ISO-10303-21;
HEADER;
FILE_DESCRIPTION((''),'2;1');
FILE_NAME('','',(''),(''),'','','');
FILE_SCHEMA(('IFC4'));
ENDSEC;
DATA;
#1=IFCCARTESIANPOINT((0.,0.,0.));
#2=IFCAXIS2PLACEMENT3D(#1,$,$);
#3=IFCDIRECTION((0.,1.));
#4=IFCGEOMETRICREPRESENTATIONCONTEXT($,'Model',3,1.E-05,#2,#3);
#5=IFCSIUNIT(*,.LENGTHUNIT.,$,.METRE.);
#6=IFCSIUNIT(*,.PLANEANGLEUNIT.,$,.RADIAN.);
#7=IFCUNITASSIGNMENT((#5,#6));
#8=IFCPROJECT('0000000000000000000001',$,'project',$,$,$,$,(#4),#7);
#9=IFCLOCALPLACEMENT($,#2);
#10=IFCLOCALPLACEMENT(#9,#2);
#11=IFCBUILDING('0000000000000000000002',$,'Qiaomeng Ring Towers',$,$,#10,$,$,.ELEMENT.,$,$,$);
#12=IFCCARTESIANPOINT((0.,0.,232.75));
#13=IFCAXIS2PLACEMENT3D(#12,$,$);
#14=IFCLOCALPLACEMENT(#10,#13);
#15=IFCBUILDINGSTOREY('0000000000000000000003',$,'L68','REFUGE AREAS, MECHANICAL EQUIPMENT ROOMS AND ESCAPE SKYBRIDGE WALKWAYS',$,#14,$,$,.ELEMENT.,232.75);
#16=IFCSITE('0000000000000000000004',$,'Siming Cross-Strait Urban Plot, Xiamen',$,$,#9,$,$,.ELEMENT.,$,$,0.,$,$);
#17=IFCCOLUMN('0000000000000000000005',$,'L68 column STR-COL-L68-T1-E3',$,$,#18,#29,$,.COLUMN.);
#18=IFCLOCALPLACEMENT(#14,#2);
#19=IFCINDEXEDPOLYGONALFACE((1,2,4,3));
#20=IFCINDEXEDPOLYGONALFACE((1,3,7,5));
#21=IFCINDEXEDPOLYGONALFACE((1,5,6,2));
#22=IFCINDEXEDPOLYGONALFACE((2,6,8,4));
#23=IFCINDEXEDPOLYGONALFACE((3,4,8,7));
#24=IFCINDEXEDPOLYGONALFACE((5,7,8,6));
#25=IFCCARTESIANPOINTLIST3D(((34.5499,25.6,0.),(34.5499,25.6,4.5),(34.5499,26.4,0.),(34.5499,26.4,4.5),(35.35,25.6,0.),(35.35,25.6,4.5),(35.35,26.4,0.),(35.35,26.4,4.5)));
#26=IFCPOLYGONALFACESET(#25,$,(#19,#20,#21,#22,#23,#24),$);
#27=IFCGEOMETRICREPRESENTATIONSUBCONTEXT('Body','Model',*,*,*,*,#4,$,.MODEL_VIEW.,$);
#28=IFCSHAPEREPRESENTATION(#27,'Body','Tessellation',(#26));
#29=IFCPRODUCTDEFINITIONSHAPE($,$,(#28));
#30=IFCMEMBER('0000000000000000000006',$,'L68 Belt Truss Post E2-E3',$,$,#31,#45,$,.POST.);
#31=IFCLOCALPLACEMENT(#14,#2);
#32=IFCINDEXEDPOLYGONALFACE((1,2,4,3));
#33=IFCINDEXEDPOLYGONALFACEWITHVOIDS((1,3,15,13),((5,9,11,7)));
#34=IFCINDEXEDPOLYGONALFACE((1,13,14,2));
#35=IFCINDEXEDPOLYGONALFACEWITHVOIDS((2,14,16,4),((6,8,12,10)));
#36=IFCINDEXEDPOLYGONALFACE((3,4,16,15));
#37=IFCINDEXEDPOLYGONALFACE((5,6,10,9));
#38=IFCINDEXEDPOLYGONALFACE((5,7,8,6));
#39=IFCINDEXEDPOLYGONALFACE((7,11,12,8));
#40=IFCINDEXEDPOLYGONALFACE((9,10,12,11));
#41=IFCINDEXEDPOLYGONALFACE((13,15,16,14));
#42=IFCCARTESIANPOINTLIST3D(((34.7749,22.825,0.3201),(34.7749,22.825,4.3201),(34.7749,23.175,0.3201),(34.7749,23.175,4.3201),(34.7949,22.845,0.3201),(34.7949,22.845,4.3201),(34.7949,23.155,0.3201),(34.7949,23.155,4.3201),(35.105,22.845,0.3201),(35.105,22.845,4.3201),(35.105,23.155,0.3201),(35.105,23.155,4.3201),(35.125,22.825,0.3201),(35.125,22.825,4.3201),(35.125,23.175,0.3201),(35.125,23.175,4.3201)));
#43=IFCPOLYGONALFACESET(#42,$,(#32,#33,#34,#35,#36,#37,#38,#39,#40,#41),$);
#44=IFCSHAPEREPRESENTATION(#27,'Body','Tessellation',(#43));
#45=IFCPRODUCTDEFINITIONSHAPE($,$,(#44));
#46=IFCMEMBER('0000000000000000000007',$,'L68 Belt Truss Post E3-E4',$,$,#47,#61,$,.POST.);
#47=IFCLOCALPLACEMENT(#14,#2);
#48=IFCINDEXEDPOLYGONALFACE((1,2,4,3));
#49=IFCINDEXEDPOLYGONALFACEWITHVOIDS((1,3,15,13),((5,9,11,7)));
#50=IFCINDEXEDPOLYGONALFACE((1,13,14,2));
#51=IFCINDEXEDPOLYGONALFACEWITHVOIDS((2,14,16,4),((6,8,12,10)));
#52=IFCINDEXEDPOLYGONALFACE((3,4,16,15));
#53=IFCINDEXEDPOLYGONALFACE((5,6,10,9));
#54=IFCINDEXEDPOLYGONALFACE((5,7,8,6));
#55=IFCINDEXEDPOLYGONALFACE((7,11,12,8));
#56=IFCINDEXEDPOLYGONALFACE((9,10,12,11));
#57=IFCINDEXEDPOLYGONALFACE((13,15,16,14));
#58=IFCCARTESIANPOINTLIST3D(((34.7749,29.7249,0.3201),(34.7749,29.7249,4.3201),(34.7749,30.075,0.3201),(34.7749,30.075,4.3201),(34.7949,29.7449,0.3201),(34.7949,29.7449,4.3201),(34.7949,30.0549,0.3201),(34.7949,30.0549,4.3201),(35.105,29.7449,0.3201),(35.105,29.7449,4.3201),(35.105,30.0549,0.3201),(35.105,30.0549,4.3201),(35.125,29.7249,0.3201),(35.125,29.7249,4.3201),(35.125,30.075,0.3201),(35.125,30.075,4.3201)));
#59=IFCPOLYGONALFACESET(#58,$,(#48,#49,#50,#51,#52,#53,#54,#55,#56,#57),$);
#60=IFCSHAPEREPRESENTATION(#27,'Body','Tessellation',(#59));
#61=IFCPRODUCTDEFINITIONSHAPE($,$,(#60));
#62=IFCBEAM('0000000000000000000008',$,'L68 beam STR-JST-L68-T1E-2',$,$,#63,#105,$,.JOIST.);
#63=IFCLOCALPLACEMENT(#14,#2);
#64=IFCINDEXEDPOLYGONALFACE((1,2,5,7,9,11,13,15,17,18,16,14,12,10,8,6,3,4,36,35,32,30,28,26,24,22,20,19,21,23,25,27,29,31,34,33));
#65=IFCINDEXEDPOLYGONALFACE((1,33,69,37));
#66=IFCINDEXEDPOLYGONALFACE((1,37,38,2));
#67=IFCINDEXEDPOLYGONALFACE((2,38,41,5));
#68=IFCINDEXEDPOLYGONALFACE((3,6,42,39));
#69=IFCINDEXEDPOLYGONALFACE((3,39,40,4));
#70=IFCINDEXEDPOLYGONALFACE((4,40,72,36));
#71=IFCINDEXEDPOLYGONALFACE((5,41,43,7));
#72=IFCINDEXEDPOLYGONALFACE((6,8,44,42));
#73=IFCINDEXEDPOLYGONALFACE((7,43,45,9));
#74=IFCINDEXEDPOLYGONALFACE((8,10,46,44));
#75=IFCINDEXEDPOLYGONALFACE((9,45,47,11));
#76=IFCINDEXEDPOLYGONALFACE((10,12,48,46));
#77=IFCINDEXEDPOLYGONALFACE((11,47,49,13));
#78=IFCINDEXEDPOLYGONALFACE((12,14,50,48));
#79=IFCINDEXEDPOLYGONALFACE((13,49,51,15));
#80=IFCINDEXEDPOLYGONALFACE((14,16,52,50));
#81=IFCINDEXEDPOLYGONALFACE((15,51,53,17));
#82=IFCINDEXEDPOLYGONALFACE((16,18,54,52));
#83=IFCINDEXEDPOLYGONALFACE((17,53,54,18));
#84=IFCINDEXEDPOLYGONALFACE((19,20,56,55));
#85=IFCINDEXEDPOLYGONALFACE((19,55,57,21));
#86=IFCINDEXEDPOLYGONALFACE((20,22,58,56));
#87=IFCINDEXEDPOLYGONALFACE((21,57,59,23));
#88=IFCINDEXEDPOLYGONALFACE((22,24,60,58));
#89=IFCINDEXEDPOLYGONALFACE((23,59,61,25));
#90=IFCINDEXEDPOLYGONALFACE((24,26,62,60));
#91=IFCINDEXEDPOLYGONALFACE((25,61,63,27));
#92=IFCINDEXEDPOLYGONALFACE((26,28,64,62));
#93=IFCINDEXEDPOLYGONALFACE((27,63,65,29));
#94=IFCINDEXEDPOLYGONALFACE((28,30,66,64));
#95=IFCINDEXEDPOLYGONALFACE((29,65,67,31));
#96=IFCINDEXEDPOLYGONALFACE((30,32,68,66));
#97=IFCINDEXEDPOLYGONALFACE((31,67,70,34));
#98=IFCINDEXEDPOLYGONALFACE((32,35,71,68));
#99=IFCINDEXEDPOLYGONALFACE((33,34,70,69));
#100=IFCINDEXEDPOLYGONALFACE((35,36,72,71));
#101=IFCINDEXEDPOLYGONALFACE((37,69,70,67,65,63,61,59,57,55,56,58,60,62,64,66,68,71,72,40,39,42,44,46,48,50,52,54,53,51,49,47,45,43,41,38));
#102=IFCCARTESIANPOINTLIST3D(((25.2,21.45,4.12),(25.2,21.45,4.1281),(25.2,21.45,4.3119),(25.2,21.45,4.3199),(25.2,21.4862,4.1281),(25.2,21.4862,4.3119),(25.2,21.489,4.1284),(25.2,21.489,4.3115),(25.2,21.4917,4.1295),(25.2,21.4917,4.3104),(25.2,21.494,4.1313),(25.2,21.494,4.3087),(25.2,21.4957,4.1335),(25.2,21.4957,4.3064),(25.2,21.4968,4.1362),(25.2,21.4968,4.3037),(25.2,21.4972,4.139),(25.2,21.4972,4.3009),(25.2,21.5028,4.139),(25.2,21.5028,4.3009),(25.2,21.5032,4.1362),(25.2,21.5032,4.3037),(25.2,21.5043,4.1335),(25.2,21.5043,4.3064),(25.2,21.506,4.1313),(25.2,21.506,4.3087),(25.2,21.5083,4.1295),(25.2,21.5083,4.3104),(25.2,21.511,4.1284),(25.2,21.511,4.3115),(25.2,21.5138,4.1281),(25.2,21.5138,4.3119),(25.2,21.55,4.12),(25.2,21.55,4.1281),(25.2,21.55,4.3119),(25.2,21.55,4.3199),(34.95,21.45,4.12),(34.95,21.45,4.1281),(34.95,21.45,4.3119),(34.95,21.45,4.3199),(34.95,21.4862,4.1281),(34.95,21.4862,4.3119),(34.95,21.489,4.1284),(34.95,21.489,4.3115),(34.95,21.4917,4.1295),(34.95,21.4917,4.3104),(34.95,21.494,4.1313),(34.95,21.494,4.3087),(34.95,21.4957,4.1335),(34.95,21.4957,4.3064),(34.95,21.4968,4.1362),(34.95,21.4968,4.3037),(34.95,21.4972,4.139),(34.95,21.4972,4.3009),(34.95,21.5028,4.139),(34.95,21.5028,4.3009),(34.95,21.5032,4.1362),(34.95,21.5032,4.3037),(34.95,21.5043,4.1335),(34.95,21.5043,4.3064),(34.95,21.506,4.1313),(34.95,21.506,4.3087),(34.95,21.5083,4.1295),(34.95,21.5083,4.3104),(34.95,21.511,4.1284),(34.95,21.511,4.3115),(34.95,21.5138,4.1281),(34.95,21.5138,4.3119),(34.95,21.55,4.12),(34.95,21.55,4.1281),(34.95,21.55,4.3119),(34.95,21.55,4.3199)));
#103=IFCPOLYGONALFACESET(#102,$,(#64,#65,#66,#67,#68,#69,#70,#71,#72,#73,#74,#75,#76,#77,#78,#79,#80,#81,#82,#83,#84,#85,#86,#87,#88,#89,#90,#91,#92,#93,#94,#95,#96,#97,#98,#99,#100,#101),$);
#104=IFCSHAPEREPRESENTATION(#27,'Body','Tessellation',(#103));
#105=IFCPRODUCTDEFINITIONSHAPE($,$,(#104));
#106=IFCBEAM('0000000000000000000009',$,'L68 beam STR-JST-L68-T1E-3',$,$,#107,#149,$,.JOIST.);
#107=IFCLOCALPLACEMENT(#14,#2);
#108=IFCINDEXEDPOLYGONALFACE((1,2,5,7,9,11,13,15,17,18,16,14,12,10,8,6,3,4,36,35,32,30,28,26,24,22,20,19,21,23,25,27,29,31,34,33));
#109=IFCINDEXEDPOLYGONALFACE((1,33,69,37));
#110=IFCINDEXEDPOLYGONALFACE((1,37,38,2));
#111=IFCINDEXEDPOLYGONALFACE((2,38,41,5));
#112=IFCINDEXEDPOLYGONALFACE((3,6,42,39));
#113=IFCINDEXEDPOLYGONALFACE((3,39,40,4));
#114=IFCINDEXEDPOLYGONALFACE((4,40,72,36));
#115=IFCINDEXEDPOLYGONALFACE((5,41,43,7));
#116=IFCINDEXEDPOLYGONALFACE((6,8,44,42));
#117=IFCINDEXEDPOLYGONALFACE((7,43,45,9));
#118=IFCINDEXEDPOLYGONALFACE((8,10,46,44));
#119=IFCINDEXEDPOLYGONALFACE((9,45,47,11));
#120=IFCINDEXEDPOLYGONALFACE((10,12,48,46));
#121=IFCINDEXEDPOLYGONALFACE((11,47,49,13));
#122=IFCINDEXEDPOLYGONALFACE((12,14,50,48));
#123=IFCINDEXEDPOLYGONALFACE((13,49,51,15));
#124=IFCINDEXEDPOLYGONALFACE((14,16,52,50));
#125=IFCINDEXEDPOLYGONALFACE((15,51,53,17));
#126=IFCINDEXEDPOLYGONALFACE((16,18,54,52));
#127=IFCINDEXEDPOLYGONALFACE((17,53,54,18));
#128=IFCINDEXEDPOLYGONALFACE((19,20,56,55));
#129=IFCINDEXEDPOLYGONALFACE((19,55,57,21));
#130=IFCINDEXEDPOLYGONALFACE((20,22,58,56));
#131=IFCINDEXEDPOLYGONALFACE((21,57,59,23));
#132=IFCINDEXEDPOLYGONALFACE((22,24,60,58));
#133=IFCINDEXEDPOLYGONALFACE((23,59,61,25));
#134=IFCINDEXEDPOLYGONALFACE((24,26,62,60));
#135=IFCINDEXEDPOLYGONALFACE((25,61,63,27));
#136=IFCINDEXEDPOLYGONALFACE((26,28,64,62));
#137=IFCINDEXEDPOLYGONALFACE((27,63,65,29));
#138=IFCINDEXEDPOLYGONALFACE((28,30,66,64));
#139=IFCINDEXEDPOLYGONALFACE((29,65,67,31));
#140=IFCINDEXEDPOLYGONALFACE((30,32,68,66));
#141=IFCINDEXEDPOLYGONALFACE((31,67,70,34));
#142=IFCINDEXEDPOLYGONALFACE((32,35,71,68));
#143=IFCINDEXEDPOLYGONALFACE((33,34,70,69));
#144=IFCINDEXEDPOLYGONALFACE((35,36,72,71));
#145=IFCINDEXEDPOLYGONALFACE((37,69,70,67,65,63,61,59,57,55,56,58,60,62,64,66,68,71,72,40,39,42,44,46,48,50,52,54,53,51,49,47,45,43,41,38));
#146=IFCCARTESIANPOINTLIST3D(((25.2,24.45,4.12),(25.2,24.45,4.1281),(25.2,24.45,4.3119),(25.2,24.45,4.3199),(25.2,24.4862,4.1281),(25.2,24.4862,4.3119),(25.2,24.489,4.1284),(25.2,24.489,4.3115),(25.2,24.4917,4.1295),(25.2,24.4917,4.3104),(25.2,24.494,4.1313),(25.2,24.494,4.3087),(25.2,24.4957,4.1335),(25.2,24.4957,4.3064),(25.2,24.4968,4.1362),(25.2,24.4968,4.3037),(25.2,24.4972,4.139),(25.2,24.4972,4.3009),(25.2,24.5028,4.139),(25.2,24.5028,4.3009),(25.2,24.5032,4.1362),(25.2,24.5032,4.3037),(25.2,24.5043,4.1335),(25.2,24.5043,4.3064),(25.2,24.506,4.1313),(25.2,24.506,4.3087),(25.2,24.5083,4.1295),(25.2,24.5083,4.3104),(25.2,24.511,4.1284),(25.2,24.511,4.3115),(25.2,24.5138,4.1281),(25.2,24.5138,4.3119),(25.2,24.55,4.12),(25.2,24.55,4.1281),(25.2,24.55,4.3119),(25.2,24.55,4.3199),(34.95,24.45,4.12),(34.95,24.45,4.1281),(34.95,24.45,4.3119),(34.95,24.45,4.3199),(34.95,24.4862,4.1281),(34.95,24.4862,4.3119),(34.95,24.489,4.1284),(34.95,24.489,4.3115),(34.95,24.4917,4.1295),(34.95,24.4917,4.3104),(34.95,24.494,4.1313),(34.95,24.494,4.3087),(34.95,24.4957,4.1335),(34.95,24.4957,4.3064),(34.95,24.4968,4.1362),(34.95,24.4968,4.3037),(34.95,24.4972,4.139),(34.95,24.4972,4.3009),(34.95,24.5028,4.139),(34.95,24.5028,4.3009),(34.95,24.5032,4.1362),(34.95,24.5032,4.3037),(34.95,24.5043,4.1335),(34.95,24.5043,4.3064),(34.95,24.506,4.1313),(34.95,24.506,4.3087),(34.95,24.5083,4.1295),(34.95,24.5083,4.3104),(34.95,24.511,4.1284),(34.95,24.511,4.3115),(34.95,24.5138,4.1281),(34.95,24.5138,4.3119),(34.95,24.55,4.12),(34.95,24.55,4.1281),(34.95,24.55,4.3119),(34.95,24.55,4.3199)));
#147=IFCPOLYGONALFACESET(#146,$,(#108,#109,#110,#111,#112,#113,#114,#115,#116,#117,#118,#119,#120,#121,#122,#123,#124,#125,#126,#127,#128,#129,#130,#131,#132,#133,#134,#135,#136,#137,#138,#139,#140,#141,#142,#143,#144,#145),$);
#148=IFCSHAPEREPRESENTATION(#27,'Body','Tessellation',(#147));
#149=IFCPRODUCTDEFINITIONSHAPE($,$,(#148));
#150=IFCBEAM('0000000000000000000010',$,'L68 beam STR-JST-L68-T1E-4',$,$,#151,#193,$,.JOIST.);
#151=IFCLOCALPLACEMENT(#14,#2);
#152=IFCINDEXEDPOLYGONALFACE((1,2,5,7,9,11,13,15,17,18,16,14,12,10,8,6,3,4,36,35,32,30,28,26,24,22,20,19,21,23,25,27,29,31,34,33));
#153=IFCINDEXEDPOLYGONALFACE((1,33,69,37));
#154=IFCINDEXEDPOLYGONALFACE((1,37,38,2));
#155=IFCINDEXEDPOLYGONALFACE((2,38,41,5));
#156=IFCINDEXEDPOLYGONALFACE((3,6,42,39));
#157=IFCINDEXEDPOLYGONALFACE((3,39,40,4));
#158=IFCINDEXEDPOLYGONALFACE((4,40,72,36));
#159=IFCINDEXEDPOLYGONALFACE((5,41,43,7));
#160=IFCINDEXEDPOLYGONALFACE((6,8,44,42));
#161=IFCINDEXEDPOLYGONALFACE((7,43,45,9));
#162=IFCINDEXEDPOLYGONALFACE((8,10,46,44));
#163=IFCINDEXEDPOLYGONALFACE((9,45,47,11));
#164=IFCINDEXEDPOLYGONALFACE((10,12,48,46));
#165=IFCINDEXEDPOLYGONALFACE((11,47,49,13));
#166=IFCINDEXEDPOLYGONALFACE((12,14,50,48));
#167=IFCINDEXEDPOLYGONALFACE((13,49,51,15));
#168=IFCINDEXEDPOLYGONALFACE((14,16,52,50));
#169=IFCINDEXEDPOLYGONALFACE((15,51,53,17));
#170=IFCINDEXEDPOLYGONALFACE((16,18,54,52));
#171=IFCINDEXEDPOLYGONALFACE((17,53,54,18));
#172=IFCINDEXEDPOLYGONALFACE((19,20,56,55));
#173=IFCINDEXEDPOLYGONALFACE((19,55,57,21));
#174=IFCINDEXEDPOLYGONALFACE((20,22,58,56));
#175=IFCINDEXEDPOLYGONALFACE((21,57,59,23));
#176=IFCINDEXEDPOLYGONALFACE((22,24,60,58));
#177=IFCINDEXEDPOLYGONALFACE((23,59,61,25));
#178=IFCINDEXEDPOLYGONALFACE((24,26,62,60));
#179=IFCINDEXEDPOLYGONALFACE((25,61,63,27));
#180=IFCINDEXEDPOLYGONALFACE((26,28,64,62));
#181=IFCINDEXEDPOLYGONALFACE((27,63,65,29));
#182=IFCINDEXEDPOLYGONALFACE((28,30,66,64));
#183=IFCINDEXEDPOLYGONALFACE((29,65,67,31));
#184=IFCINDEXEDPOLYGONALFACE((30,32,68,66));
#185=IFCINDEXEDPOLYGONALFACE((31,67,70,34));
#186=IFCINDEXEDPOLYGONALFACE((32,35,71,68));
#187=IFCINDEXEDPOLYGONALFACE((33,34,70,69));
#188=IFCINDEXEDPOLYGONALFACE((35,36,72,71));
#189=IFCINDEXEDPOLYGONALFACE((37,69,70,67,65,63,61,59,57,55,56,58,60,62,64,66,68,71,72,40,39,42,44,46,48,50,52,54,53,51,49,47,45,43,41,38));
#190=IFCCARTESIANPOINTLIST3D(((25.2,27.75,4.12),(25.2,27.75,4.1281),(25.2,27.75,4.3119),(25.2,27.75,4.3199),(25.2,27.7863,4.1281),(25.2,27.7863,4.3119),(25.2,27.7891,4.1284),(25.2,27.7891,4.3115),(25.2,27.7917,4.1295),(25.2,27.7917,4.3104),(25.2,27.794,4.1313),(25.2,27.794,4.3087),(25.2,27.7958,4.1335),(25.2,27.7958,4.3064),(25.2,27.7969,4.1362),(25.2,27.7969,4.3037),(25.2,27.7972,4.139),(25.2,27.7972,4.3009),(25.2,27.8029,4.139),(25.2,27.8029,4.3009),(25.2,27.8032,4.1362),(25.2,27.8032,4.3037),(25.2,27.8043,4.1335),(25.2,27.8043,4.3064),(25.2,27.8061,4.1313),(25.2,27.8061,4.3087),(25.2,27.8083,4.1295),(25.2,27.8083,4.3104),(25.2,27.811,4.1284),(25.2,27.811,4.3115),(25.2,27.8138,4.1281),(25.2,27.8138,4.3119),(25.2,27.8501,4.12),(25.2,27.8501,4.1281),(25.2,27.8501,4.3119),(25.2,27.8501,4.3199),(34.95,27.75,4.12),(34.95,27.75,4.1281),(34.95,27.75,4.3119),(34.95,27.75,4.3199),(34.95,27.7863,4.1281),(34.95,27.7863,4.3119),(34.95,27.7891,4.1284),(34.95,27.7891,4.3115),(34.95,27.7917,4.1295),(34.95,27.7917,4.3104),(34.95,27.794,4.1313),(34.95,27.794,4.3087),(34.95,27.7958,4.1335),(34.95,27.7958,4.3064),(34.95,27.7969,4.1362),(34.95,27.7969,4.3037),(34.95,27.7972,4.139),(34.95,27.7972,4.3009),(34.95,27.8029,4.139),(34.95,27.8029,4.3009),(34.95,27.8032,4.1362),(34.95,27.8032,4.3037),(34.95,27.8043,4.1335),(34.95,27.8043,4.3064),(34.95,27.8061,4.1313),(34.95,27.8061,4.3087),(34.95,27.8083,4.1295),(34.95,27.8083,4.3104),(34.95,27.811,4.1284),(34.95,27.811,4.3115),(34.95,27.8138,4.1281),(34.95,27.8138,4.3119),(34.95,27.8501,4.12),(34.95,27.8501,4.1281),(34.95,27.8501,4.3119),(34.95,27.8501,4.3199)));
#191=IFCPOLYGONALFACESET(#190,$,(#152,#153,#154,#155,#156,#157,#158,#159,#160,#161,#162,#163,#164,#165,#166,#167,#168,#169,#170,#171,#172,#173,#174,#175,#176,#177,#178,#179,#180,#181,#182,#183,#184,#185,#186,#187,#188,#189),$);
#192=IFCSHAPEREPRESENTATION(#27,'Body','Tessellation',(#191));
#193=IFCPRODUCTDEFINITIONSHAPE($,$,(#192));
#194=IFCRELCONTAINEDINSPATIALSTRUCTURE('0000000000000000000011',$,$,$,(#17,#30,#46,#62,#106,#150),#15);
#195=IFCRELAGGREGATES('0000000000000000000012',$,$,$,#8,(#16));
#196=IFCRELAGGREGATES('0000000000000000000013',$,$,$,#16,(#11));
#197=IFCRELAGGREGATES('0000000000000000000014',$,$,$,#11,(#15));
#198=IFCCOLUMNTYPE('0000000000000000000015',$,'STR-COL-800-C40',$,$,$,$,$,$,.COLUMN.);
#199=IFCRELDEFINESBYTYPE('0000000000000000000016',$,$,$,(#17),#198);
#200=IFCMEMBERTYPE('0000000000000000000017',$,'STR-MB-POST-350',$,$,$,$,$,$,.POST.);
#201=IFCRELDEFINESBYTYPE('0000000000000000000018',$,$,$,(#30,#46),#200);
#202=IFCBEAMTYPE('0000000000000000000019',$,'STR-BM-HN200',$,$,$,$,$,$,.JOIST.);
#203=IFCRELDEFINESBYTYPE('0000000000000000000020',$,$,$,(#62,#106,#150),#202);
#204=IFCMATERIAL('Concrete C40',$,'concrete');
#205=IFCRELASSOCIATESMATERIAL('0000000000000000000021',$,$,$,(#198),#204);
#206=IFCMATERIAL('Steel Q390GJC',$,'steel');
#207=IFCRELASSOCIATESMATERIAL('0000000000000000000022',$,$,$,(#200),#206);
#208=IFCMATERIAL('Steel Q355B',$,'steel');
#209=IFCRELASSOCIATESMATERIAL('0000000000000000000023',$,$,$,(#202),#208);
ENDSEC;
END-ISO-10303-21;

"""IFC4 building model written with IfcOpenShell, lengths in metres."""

from ifc_helpers import new_model, si_unit, direction, frame, origin, origin_2d, place, context, subcontext, project, spatial, rectangle, hollow_rectangle, i_section, extrude, source, transform, mapped, material, material_profile, profile_set, type_object, element, save


model = new_model("IFC4")

# Units and contexts
model_context = context("Model", 3, precision=1e-05, world=origin(), true_north=direction((0.0, 1.0)))
body_context = subcontext(model_context, "Body", "Model", "MODEL_VIEW")
ifc_project = project(units=[si_unit("LENGTHUNIT", "METRE"), si_unit("PLANEANGLEUNIT", "RADIAN")], contexts=[model_context])

# Site, building, storey
site_placement = place(None, origin())
site = spatial("IfcSite", under=ifc_project, at=site_placement, Name="Siming Cross-Strait Urban Plot, Xiamen", CompositionType="ELEMENT", RefElevation=0.0)
building_placement = place(site_placement, origin())
building = spatial("IfcBuilding", under=site, at=building_placement, Name="Qiaomeng Ring Towers", CompositionType="ELEMENT")
storey_placement = place(building_placement, frame((0.0, 0.0, 232.75)))
storey = spatial("IfcBuildingStorey", under=building, at=storey_placement, Name="L68", Description="REFUGE AREAS, MECHANICAL EQUIPMENT ROOMS AND ESCAPE SKYBRIDGE WALKWAYS", CompositionType="ELEMENT", Elevation=232.75)

# Column
ifc_material_1 = material(Name="Concrete C40", Category="concrete")
ifc_material_profile_1 = material_profile(ifc_material_1, rectangle(XDim=0.8, YDim=0.8, at=origin_2d()), Name="RC COL 800x800")
ifc_profile_set_1 = profile_set([ifc_material_profile_1], Name="Concrete C40")
column_type = type_object("IfcColumnType", Name="STR-COL-800-C40", PredefinedType="COLUMN", material=ifc_profile_set_1)
shared_shape_1 = source(origin(), body_context, "Body", "SweptSolid", [
    extrude(rectangle(XDim=0.8, YDim=0.8, at=origin_2d()), origin(), (0.0, 0.0, 1.0), 4.5),
])
column_placement = place(storey_placement, frame((34.95, 26.0, 0.0), z_axis=(0.0, 0.0, 1.0), x_axis=(1.0, 0.0, 0.0)))
element("IfcColumn", 1, at=column_placement, inside=storey, type_object=column_type, Name="L68 column STR-COL-L68-T1-E3", PredefinedType="COLUMN", context=body_context, shape_type="MappedRepresentation", body=[
    mapped(shared_shape_1, transform((0.0, 0.0, 0.0), x_axis=(1.0, 0.0, 0.0), y_axis=(0.0, 1.0, 0.0), z_axis=(0.0, 0.0, 1.0), scale=1.0)),
])

# Members
ifc_material_2 = material(Name="Steel Q390GJC", Category="steel")
ifc_material_profile_2 = material_profile(ifc_material_2, hollow_rectangle(XDim=0.3501, YDim=0.3501, WallThickness=0.02, at=origin_2d()), Name="SHS 350x350x20")
ifc_profile_set_2 = profile_set([ifc_material_profile_2], Name="Steel Q390GJC")
member_type_1 = type_object("IfcMemberType", Name="STR-MB-POST-350", PredefinedType="POST", material=ifc_profile_set_2)
shared_shape_2 = source(origin(), body_context, "Body", "SweptSolid", [
    extrude(hollow_rectangle(XDim=0.3501, YDim=0.3501, WallThickness=0.02, at=origin_2d()), origin(), (0.0, 0.0, 1.0), 4.0),
])
for number, where, z_axis, x_axis, name in (
    (2, (34.95, 23.0, 0.3201), (0.0, 0.0, 1.0), (1.0, 0.0, 0.0), "L68 Belt Truss Post E2-E3"),
    (3, (34.95, 29.8999, 0.3201), (0.0, 0.0, 1.0), (1.0, 0.0, 0.0), "L68 Belt Truss Post E3-E4"),
):
    element("IfcMember", number, at=place(storey_placement, frame(where, z_axis=z_axis, x_axis=x_axis)), inside=storey, type_object=member_type_1, Name=name, PredefinedType="POST", context=body_context, shape_type="MappedRepresentation", body=[
        mapped(shared_shape_2, transform((0.0, 0.0, 0.0), x_axis=(1.0, 0.0, 0.0), y_axis=(0.0, 1.0, 0.0), z_axis=(0.0, 0.0, 1.0), scale=1.0)),
    ])

# Beams
ifc_material_3 = material(Name="Steel Q355B", Category="steel")
ifc_material_profile_3 = material_profile(ifc_material_3, i_section(OverallWidth=0.1001, OverallDepth=0.2, WebThickness=0.0056, FlangeThickness=0.0081, FilletRadius=0.011, at=origin_2d()), Name="HN 200x100x5.5x8")
ifc_profile_set_3 = profile_set([ifc_material_profile_3], Name="Steel Q355B")
beam_type_1 = type_object("IfcBeamType", Name="STR-BM-HN200", PredefinedType="JOIST", material=ifc_profile_set_3)
shared_shape_3 = source(origin(), body_context, "Body", "SweptSolid", [
    extrude(i_section(OverallWidth=0.1001, OverallDepth=0.2, WebThickness=0.0056, FlangeThickness=0.0081, FilletRadius=0.011, at=origin_2d()), origin(), (0.0, 0.0, 1.0), 9.75),
])
for number, where, z_axis, x_axis, name in (
    (4, (25.2, 21.5, 4.22), (1.0, 0.0, 0.0), (0.0, 1.0, 0.0), "L68 beam STR-JST-L68-T1E-2"),
    (5, (25.2, 24.5, 4.22), (1.0, 0.0, 0.0), (0.0, 1.0, 0.0), "L68 beam STR-JST-L68-T1E-3"),
    (6, (25.2, 27.8, 4.22), (1.0, 0.0, 0.0), (0.0, 1.0, 0.0), "L68 beam STR-JST-L68-T1E-4"),
):
    element("IfcBeam", number, at=place(storey_placement, frame(where, z_axis=z_axis, x_axis=x_axis)), inside=storey, type_object=beam_type_1, Name=name, PredefinedType="JOIST", context=body_context, shape_type="MappedRepresentation", body=[
        mapped(shared_shape_3, transform((0.0, 0.0, 0.0), x_axis=(1.0, 0.0, 0.0), y_axis=(0.0, 1.0, 0.0), z_axis=(0.0, 0.0, 1.0), scale=1.0)),
    ])

save(model, "model.ifc")
